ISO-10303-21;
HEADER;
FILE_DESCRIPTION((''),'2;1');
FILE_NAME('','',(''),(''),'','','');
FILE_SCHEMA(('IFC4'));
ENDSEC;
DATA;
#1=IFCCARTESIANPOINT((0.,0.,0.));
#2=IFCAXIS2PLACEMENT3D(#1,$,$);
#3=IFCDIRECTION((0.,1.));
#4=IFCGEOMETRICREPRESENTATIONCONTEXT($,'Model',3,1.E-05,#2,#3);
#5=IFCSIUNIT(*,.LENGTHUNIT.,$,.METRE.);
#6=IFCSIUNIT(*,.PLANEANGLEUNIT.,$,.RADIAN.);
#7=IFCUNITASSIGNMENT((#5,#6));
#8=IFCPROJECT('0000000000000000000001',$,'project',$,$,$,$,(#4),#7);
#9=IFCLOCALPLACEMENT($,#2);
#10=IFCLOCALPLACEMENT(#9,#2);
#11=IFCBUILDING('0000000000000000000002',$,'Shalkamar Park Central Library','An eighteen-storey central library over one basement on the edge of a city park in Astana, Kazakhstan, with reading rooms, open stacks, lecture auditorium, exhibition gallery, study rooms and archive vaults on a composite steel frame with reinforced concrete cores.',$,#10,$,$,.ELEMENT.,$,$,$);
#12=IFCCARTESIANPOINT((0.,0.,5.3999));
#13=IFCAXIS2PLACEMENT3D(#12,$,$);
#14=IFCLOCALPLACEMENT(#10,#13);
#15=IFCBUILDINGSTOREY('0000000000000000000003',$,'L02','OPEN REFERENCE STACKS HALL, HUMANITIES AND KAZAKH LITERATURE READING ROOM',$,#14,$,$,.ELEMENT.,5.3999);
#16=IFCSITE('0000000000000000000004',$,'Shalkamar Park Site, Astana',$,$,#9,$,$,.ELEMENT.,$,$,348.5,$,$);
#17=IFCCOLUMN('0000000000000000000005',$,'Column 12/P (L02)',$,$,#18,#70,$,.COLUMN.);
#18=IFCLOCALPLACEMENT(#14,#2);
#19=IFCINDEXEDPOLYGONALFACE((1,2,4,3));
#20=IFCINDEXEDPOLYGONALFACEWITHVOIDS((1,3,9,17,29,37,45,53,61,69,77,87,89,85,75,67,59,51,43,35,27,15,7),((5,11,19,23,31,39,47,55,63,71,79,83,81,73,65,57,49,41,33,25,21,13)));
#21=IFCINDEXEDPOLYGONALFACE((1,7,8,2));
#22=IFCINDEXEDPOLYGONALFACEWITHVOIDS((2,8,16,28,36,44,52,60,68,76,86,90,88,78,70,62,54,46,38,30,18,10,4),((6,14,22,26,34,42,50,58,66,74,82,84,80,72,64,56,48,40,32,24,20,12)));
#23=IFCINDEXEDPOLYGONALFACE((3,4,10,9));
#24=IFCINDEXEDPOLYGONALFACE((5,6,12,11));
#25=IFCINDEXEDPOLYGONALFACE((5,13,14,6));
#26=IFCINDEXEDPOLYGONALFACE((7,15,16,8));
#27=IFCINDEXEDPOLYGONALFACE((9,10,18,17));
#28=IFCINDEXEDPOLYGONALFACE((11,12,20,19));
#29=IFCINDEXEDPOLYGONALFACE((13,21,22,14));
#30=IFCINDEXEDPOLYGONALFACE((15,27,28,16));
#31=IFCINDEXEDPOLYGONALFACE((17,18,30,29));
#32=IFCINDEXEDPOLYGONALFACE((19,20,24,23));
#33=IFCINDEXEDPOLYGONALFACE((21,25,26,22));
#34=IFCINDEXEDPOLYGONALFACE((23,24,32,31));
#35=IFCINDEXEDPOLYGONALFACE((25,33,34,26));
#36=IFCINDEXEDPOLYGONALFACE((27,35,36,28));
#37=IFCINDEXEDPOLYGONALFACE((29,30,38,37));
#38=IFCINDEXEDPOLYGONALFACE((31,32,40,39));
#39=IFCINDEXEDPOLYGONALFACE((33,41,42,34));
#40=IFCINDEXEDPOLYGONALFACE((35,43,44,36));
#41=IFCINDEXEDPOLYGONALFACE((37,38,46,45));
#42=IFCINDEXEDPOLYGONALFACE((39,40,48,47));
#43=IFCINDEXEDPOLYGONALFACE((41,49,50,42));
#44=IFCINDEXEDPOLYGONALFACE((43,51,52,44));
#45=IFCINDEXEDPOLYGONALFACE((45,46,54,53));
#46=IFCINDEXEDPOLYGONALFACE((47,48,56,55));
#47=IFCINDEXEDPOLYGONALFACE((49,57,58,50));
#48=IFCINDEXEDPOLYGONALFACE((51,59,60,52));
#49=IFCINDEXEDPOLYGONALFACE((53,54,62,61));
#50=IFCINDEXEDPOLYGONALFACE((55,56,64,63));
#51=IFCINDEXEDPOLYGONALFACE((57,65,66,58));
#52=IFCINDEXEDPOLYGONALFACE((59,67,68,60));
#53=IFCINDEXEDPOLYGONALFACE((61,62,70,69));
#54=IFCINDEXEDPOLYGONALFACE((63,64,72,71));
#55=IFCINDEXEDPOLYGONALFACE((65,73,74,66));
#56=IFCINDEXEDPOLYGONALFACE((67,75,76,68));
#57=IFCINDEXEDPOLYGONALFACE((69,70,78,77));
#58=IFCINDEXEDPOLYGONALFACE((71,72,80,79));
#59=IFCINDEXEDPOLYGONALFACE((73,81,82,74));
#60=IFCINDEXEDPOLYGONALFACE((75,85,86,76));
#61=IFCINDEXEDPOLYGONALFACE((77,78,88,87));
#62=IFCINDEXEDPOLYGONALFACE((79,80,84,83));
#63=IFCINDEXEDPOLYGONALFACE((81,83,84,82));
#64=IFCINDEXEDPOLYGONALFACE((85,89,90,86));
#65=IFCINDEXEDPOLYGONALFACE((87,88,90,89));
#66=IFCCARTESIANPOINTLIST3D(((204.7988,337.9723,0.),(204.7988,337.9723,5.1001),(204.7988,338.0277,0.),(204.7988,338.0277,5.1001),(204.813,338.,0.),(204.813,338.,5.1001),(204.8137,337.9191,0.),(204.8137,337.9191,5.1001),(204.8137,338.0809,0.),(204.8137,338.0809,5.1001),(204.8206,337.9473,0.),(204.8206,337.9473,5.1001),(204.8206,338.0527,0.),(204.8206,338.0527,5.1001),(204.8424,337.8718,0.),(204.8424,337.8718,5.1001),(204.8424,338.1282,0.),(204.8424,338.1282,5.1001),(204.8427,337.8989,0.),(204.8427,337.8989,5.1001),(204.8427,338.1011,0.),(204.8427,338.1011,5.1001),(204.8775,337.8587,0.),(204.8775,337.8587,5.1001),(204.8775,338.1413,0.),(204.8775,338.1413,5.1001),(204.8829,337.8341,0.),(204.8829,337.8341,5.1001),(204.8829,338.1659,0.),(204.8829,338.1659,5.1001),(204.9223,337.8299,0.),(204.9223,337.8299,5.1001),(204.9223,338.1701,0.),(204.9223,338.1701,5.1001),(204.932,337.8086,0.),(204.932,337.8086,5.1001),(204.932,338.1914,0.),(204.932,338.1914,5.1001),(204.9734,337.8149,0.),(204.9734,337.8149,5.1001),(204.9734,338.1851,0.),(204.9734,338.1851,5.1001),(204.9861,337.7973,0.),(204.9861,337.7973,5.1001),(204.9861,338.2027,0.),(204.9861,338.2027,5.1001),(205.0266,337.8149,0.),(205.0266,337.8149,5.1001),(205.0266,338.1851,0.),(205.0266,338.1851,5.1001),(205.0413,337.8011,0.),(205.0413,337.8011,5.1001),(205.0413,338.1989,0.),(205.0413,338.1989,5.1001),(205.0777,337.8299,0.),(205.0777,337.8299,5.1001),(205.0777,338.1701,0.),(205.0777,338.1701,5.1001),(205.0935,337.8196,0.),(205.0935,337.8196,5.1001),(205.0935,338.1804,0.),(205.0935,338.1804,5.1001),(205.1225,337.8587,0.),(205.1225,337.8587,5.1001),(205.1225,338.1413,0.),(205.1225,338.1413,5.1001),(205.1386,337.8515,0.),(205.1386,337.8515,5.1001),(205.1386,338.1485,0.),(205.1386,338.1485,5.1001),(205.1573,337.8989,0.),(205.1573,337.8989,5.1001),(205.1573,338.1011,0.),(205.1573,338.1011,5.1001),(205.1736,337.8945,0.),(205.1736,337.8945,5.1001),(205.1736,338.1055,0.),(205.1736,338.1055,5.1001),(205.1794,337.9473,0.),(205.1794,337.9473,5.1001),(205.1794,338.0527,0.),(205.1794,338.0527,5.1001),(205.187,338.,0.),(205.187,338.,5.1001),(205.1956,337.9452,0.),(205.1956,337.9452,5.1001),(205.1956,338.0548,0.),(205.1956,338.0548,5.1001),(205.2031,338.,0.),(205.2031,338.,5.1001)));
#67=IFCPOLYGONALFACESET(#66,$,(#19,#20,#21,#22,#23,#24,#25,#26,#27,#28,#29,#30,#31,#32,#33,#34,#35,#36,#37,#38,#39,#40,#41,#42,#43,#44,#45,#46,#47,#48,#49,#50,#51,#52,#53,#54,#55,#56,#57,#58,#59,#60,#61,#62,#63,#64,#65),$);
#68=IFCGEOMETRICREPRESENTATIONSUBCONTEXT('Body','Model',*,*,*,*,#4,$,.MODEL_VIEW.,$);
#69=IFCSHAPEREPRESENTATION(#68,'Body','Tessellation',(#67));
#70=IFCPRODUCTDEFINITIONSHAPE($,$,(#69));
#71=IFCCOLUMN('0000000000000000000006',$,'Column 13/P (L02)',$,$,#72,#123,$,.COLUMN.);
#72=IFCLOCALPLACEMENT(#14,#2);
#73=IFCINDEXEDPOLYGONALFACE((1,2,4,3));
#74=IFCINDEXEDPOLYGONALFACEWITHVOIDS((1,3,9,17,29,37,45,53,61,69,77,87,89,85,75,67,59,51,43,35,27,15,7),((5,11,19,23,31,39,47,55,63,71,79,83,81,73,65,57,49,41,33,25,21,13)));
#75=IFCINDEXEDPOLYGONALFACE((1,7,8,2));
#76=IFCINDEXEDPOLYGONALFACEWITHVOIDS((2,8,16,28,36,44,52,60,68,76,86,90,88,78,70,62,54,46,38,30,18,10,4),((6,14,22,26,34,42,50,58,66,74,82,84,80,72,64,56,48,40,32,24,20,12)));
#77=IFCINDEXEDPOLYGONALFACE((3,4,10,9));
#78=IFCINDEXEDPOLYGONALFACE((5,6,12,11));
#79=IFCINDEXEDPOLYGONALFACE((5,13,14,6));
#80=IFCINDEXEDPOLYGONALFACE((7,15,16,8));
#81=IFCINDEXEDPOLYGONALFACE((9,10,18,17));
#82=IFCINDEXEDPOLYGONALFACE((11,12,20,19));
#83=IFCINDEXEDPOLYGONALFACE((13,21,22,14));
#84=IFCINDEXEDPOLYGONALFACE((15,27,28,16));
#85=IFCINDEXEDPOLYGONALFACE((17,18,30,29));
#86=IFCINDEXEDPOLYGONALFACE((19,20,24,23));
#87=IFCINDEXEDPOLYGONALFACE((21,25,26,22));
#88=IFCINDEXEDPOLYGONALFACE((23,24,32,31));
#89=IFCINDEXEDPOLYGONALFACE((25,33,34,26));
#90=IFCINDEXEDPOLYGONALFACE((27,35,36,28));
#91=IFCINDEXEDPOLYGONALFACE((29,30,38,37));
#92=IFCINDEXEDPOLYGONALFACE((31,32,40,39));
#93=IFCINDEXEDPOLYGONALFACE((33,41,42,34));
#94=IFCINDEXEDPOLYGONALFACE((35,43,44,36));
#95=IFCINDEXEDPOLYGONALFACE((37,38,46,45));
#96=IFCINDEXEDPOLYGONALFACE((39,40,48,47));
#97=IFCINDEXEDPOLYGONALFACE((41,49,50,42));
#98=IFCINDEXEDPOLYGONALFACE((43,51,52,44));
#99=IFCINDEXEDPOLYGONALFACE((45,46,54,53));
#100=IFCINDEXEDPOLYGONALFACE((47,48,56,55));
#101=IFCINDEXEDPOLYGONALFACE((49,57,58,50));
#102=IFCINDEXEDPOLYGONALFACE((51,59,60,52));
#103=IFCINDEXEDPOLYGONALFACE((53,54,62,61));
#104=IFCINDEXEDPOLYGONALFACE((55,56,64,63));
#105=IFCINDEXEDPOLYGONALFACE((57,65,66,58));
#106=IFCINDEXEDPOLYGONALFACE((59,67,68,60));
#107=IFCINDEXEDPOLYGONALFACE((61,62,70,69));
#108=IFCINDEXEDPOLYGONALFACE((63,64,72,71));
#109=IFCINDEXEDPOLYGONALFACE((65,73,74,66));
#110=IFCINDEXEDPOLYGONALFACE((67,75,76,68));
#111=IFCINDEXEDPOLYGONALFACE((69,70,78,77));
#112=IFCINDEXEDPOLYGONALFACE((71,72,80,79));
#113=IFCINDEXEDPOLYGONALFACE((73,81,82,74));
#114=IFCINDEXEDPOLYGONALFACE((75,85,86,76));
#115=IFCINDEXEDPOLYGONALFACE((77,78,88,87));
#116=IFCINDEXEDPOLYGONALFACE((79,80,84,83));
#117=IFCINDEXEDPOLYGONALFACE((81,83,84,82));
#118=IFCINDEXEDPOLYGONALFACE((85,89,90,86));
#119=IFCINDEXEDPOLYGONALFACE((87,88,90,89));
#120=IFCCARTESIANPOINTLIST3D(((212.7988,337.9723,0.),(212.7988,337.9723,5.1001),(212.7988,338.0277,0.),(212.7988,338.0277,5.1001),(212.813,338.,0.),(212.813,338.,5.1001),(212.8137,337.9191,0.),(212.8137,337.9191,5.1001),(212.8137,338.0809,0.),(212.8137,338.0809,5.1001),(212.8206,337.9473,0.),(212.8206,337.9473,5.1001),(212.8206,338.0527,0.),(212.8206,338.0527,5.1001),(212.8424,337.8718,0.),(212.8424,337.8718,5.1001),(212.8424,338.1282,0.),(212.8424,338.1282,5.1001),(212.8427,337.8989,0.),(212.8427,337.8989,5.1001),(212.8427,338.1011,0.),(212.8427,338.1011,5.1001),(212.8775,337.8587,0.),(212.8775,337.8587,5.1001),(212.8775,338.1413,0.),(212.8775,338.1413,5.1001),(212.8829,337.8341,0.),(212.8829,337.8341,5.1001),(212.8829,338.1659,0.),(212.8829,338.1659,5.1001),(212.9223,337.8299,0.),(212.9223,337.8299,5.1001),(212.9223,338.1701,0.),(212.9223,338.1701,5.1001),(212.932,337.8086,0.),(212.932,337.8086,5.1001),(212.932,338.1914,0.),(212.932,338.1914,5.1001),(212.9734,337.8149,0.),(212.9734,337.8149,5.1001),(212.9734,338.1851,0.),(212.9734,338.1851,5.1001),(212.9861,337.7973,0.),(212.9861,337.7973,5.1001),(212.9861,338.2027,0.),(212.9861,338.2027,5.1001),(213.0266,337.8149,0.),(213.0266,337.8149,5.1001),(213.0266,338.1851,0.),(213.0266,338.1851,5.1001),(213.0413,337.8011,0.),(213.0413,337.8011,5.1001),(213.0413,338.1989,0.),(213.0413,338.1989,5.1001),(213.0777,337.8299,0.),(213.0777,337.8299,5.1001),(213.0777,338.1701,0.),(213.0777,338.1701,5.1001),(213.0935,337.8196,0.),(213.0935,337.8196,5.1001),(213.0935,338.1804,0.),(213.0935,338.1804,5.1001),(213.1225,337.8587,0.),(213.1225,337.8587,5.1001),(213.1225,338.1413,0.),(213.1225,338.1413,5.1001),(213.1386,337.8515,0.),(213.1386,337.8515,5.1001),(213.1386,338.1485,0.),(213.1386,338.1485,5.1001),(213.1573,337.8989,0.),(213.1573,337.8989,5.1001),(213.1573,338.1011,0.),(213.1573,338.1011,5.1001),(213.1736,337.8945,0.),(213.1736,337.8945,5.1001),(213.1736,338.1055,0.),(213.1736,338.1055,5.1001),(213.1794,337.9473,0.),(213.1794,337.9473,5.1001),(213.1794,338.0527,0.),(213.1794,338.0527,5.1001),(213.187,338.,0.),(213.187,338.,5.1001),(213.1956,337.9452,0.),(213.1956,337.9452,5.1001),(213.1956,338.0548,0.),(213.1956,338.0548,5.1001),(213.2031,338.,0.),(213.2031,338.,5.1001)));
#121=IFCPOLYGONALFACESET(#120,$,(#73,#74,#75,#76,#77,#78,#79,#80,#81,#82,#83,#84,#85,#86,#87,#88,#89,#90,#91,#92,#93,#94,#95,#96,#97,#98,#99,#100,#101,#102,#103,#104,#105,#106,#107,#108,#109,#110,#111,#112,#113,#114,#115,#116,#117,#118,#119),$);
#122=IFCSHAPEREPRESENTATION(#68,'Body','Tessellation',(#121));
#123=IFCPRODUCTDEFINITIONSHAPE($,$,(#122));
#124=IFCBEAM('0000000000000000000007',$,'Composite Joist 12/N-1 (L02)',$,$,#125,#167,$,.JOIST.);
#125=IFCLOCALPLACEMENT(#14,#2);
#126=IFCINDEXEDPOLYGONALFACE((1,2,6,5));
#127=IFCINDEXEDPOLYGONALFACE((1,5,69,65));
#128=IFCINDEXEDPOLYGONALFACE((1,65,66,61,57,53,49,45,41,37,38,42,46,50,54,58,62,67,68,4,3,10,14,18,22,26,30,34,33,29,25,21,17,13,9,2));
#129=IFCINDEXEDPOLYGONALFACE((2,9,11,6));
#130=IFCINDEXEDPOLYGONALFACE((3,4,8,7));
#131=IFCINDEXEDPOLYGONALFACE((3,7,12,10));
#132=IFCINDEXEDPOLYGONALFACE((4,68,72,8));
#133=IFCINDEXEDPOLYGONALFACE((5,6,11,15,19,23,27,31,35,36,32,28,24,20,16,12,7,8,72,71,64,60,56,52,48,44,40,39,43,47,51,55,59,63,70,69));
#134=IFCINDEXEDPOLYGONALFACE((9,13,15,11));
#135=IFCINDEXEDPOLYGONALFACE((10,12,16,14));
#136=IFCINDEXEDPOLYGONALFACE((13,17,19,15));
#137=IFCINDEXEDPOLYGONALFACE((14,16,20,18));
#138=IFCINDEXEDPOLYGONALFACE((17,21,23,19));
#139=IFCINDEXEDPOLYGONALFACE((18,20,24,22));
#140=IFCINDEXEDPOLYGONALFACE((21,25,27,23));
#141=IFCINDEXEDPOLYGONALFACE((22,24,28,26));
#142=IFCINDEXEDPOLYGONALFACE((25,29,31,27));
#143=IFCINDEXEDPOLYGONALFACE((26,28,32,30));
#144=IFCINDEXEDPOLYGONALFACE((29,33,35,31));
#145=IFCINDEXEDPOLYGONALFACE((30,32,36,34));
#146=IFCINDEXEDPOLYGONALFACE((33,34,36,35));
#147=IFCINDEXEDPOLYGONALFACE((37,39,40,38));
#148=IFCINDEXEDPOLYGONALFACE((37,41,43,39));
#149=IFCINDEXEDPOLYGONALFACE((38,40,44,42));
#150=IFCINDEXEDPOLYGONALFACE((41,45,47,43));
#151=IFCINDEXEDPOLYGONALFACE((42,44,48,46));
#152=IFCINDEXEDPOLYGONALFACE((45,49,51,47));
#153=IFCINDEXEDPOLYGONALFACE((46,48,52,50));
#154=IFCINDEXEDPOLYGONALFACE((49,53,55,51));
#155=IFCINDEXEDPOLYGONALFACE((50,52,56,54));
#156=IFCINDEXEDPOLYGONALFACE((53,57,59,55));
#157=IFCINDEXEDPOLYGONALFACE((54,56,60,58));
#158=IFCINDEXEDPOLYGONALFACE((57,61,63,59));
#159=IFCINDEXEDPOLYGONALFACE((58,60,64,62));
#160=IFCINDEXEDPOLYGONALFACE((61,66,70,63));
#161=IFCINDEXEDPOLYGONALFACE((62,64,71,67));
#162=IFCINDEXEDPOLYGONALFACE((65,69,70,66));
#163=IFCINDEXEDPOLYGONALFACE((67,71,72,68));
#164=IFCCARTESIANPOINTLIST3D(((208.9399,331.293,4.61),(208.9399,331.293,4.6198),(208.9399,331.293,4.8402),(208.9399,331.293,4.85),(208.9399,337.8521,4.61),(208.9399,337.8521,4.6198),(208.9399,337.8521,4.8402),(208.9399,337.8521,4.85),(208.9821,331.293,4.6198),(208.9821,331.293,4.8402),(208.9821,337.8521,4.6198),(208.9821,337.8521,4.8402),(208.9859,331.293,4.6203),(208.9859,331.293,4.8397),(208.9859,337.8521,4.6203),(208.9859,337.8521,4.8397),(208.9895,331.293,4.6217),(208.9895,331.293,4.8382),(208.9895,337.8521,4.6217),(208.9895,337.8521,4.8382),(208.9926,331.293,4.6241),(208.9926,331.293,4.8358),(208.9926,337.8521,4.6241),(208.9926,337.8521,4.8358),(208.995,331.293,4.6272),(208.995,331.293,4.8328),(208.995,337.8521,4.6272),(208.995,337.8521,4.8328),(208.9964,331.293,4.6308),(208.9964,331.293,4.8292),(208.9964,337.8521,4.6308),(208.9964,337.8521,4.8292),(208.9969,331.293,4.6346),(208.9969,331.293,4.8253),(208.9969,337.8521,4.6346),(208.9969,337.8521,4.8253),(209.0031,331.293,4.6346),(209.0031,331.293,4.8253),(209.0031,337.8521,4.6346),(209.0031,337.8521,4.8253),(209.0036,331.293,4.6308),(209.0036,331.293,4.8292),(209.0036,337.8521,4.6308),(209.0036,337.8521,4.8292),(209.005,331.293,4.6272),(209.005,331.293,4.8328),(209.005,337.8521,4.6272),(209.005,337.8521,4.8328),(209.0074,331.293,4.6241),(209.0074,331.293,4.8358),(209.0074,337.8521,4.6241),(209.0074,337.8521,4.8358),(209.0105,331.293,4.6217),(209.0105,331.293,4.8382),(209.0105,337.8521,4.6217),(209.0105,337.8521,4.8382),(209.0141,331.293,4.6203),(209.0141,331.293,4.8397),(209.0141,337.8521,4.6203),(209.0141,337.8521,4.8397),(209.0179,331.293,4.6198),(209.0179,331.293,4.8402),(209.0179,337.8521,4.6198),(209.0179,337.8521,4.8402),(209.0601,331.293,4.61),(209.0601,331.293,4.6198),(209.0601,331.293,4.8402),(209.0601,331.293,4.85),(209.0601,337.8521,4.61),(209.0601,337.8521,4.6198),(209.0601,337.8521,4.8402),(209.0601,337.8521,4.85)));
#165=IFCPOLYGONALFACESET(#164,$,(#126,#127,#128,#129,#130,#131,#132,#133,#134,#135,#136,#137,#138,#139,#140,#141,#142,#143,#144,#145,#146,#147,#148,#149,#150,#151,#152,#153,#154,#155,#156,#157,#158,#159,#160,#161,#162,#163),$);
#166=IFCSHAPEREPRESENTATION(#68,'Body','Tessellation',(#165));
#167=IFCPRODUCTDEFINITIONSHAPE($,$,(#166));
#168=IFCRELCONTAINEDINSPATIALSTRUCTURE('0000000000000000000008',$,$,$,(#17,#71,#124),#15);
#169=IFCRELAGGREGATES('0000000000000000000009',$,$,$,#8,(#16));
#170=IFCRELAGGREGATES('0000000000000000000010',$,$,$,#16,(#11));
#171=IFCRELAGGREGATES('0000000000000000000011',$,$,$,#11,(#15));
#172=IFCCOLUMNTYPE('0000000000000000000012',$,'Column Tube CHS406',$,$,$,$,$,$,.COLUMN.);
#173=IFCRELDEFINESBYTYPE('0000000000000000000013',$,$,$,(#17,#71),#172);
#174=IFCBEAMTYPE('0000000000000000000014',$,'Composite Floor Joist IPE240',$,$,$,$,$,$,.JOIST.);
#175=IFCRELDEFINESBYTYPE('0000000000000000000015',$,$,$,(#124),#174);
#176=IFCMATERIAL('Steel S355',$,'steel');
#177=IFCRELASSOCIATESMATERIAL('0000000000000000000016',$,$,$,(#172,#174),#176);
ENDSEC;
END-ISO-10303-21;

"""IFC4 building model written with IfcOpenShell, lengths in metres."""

from ifc_helpers import new_model, si_unit, direction, frame, origin, origin_2d, place, context, subcontext, project, spatial, hollow_circle, i_section, extrude, material, material_profile, profile_set, type_object, element, save


model = new_model("IFC4")

# Units and contexts
model_context = context("Model", 3, precision=1e-05, world=origin(), true_north=direction((0.0, 1.0)))
body_context = subcontext(model_context, "Body", "Model", "MODEL_VIEW")
ifc_project = project(units=[si_unit("LENGTHUNIT", "METRE"), si_unit("PLANEANGLEUNIT", "RADIAN")], contexts=[model_context])

# Site, building, storey
site_placement = place(None, origin())
site = spatial("IfcSite", under=ifc_project, at=site_placement, Name="Shalkamar Park Site, Astana", CompositionType="ELEMENT", RefElevation=348.5)
building_placement = place(site_placement, origin())
building = spatial("IfcBuilding", under=site, at=building_placement, Name="Shalkamar Park Central Library", Description="An eighteen-storey central library over one basement on the edge of a city park in Astana, Kazakhstan, with reading rooms, open stacks, lecture auditorium, exhibition gallery, study rooms and archive vaults on a composite steel frame with reinforced concrete cores.", CompositionType="ELEMENT")
storey_placement = place(building_placement, frame((0.0, 0.0, 5.3999)))
storey = spatial("IfcBuildingStorey", under=building, at=storey_placement, Name="L02", Description="OPEN REFERENCE STACKS HALL, HUMANITIES AND KAZAKH LITERATURE READING ROOM", CompositionType="ELEMENT", Elevation=5.3999)

# Columns
ifc_material_1 = material(Name="Steel S355", Category="steel")
ifc_material_profile_1 = material_profile(ifc_material_1, hollow_circle(Radius=0.2031, WallThickness=0.0161, at=origin_2d()), Name="CHS 406.4x16")
ifc_profile_set_1 = profile_set([ifc_material_profile_1], Name="Steel S355")
column_type = type_object("IfcColumnType", Name="Column Tube CHS406", PredefinedType="COLUMN", material=ifc_profile_set_1)
for number, where, z_axis, x_axis, name in (
    (1, (205.0, 338.0, 0.0), (0.0, 0.0, 1.0), (1.0, 0.0, 0.0), "Column 12/P (L02)"),
    (2, (213.0, 338.0, 0.0), (0.0, 0.0, 1.0), (1.0, 0.0, 0.0), "Column 13/P (L02)"),
):
    element("IfcColumn", number, at=place(storey_placement, frame(where, z_axis=z_axis, x_axis=x_axis)), inside=storey, type_object=column_type, Name=name, PredefinedType="COLUMN", context=body_context, shape_type="SweptSolid", body=[
        extrude(hollow_circle(Radius=0.2031, WallThickness=0.0161, at=origin_2d()), origin(), (0.0, 0.0, 1.0), 5.1001),
    ])

# Beam
ifc_material_profile_2 = material_profile(ifc_material_1, i_section(OverallWidth=0.1201, OverallDepth=0.24, WebThickness=0.0061, FlangeThickness=0.0098, FilletRadius=0.0149, at=origin_2d()), Name="IPE 240")
ifc_profile_set_2 = profile_set([ifc_material_profile_2], Name="Steel S355")
beam_type_1 = type_object("IfcBeamType", Name="Composite Floor Joist IPE240", PredefinedType="JOIST", material=ifc_profile_set_2)
for number, where, z_axis, x_axis, name in (
    (3, (209.0, 331.293, 4.73), (0.0, 1.0, 0.0), (-1.0, 0.0, 0.0), "Composite Joist 12/N-1 (L02)"),
):
    element("IfcBeam", number, at=place(storey_placement, frame(where, z_axis=z_axis, x_axis=x_axis)), inside=storey, type_object=beam_type_1, Name=name, PredefinedType="JOIST", context=body_context, shape_type="SweptSolid", body=[
        extrude(i_section(OverallWidth=0.1201, OverallDepth=0.24, WebThickness=0.0061, FlangeThickness=0.0098, FilletRadius=0.0149, at=origin_2d()), origin(), (0.0, 0.0, 1.0), 6.5591),
    ])

save(model, "model.ifc")
